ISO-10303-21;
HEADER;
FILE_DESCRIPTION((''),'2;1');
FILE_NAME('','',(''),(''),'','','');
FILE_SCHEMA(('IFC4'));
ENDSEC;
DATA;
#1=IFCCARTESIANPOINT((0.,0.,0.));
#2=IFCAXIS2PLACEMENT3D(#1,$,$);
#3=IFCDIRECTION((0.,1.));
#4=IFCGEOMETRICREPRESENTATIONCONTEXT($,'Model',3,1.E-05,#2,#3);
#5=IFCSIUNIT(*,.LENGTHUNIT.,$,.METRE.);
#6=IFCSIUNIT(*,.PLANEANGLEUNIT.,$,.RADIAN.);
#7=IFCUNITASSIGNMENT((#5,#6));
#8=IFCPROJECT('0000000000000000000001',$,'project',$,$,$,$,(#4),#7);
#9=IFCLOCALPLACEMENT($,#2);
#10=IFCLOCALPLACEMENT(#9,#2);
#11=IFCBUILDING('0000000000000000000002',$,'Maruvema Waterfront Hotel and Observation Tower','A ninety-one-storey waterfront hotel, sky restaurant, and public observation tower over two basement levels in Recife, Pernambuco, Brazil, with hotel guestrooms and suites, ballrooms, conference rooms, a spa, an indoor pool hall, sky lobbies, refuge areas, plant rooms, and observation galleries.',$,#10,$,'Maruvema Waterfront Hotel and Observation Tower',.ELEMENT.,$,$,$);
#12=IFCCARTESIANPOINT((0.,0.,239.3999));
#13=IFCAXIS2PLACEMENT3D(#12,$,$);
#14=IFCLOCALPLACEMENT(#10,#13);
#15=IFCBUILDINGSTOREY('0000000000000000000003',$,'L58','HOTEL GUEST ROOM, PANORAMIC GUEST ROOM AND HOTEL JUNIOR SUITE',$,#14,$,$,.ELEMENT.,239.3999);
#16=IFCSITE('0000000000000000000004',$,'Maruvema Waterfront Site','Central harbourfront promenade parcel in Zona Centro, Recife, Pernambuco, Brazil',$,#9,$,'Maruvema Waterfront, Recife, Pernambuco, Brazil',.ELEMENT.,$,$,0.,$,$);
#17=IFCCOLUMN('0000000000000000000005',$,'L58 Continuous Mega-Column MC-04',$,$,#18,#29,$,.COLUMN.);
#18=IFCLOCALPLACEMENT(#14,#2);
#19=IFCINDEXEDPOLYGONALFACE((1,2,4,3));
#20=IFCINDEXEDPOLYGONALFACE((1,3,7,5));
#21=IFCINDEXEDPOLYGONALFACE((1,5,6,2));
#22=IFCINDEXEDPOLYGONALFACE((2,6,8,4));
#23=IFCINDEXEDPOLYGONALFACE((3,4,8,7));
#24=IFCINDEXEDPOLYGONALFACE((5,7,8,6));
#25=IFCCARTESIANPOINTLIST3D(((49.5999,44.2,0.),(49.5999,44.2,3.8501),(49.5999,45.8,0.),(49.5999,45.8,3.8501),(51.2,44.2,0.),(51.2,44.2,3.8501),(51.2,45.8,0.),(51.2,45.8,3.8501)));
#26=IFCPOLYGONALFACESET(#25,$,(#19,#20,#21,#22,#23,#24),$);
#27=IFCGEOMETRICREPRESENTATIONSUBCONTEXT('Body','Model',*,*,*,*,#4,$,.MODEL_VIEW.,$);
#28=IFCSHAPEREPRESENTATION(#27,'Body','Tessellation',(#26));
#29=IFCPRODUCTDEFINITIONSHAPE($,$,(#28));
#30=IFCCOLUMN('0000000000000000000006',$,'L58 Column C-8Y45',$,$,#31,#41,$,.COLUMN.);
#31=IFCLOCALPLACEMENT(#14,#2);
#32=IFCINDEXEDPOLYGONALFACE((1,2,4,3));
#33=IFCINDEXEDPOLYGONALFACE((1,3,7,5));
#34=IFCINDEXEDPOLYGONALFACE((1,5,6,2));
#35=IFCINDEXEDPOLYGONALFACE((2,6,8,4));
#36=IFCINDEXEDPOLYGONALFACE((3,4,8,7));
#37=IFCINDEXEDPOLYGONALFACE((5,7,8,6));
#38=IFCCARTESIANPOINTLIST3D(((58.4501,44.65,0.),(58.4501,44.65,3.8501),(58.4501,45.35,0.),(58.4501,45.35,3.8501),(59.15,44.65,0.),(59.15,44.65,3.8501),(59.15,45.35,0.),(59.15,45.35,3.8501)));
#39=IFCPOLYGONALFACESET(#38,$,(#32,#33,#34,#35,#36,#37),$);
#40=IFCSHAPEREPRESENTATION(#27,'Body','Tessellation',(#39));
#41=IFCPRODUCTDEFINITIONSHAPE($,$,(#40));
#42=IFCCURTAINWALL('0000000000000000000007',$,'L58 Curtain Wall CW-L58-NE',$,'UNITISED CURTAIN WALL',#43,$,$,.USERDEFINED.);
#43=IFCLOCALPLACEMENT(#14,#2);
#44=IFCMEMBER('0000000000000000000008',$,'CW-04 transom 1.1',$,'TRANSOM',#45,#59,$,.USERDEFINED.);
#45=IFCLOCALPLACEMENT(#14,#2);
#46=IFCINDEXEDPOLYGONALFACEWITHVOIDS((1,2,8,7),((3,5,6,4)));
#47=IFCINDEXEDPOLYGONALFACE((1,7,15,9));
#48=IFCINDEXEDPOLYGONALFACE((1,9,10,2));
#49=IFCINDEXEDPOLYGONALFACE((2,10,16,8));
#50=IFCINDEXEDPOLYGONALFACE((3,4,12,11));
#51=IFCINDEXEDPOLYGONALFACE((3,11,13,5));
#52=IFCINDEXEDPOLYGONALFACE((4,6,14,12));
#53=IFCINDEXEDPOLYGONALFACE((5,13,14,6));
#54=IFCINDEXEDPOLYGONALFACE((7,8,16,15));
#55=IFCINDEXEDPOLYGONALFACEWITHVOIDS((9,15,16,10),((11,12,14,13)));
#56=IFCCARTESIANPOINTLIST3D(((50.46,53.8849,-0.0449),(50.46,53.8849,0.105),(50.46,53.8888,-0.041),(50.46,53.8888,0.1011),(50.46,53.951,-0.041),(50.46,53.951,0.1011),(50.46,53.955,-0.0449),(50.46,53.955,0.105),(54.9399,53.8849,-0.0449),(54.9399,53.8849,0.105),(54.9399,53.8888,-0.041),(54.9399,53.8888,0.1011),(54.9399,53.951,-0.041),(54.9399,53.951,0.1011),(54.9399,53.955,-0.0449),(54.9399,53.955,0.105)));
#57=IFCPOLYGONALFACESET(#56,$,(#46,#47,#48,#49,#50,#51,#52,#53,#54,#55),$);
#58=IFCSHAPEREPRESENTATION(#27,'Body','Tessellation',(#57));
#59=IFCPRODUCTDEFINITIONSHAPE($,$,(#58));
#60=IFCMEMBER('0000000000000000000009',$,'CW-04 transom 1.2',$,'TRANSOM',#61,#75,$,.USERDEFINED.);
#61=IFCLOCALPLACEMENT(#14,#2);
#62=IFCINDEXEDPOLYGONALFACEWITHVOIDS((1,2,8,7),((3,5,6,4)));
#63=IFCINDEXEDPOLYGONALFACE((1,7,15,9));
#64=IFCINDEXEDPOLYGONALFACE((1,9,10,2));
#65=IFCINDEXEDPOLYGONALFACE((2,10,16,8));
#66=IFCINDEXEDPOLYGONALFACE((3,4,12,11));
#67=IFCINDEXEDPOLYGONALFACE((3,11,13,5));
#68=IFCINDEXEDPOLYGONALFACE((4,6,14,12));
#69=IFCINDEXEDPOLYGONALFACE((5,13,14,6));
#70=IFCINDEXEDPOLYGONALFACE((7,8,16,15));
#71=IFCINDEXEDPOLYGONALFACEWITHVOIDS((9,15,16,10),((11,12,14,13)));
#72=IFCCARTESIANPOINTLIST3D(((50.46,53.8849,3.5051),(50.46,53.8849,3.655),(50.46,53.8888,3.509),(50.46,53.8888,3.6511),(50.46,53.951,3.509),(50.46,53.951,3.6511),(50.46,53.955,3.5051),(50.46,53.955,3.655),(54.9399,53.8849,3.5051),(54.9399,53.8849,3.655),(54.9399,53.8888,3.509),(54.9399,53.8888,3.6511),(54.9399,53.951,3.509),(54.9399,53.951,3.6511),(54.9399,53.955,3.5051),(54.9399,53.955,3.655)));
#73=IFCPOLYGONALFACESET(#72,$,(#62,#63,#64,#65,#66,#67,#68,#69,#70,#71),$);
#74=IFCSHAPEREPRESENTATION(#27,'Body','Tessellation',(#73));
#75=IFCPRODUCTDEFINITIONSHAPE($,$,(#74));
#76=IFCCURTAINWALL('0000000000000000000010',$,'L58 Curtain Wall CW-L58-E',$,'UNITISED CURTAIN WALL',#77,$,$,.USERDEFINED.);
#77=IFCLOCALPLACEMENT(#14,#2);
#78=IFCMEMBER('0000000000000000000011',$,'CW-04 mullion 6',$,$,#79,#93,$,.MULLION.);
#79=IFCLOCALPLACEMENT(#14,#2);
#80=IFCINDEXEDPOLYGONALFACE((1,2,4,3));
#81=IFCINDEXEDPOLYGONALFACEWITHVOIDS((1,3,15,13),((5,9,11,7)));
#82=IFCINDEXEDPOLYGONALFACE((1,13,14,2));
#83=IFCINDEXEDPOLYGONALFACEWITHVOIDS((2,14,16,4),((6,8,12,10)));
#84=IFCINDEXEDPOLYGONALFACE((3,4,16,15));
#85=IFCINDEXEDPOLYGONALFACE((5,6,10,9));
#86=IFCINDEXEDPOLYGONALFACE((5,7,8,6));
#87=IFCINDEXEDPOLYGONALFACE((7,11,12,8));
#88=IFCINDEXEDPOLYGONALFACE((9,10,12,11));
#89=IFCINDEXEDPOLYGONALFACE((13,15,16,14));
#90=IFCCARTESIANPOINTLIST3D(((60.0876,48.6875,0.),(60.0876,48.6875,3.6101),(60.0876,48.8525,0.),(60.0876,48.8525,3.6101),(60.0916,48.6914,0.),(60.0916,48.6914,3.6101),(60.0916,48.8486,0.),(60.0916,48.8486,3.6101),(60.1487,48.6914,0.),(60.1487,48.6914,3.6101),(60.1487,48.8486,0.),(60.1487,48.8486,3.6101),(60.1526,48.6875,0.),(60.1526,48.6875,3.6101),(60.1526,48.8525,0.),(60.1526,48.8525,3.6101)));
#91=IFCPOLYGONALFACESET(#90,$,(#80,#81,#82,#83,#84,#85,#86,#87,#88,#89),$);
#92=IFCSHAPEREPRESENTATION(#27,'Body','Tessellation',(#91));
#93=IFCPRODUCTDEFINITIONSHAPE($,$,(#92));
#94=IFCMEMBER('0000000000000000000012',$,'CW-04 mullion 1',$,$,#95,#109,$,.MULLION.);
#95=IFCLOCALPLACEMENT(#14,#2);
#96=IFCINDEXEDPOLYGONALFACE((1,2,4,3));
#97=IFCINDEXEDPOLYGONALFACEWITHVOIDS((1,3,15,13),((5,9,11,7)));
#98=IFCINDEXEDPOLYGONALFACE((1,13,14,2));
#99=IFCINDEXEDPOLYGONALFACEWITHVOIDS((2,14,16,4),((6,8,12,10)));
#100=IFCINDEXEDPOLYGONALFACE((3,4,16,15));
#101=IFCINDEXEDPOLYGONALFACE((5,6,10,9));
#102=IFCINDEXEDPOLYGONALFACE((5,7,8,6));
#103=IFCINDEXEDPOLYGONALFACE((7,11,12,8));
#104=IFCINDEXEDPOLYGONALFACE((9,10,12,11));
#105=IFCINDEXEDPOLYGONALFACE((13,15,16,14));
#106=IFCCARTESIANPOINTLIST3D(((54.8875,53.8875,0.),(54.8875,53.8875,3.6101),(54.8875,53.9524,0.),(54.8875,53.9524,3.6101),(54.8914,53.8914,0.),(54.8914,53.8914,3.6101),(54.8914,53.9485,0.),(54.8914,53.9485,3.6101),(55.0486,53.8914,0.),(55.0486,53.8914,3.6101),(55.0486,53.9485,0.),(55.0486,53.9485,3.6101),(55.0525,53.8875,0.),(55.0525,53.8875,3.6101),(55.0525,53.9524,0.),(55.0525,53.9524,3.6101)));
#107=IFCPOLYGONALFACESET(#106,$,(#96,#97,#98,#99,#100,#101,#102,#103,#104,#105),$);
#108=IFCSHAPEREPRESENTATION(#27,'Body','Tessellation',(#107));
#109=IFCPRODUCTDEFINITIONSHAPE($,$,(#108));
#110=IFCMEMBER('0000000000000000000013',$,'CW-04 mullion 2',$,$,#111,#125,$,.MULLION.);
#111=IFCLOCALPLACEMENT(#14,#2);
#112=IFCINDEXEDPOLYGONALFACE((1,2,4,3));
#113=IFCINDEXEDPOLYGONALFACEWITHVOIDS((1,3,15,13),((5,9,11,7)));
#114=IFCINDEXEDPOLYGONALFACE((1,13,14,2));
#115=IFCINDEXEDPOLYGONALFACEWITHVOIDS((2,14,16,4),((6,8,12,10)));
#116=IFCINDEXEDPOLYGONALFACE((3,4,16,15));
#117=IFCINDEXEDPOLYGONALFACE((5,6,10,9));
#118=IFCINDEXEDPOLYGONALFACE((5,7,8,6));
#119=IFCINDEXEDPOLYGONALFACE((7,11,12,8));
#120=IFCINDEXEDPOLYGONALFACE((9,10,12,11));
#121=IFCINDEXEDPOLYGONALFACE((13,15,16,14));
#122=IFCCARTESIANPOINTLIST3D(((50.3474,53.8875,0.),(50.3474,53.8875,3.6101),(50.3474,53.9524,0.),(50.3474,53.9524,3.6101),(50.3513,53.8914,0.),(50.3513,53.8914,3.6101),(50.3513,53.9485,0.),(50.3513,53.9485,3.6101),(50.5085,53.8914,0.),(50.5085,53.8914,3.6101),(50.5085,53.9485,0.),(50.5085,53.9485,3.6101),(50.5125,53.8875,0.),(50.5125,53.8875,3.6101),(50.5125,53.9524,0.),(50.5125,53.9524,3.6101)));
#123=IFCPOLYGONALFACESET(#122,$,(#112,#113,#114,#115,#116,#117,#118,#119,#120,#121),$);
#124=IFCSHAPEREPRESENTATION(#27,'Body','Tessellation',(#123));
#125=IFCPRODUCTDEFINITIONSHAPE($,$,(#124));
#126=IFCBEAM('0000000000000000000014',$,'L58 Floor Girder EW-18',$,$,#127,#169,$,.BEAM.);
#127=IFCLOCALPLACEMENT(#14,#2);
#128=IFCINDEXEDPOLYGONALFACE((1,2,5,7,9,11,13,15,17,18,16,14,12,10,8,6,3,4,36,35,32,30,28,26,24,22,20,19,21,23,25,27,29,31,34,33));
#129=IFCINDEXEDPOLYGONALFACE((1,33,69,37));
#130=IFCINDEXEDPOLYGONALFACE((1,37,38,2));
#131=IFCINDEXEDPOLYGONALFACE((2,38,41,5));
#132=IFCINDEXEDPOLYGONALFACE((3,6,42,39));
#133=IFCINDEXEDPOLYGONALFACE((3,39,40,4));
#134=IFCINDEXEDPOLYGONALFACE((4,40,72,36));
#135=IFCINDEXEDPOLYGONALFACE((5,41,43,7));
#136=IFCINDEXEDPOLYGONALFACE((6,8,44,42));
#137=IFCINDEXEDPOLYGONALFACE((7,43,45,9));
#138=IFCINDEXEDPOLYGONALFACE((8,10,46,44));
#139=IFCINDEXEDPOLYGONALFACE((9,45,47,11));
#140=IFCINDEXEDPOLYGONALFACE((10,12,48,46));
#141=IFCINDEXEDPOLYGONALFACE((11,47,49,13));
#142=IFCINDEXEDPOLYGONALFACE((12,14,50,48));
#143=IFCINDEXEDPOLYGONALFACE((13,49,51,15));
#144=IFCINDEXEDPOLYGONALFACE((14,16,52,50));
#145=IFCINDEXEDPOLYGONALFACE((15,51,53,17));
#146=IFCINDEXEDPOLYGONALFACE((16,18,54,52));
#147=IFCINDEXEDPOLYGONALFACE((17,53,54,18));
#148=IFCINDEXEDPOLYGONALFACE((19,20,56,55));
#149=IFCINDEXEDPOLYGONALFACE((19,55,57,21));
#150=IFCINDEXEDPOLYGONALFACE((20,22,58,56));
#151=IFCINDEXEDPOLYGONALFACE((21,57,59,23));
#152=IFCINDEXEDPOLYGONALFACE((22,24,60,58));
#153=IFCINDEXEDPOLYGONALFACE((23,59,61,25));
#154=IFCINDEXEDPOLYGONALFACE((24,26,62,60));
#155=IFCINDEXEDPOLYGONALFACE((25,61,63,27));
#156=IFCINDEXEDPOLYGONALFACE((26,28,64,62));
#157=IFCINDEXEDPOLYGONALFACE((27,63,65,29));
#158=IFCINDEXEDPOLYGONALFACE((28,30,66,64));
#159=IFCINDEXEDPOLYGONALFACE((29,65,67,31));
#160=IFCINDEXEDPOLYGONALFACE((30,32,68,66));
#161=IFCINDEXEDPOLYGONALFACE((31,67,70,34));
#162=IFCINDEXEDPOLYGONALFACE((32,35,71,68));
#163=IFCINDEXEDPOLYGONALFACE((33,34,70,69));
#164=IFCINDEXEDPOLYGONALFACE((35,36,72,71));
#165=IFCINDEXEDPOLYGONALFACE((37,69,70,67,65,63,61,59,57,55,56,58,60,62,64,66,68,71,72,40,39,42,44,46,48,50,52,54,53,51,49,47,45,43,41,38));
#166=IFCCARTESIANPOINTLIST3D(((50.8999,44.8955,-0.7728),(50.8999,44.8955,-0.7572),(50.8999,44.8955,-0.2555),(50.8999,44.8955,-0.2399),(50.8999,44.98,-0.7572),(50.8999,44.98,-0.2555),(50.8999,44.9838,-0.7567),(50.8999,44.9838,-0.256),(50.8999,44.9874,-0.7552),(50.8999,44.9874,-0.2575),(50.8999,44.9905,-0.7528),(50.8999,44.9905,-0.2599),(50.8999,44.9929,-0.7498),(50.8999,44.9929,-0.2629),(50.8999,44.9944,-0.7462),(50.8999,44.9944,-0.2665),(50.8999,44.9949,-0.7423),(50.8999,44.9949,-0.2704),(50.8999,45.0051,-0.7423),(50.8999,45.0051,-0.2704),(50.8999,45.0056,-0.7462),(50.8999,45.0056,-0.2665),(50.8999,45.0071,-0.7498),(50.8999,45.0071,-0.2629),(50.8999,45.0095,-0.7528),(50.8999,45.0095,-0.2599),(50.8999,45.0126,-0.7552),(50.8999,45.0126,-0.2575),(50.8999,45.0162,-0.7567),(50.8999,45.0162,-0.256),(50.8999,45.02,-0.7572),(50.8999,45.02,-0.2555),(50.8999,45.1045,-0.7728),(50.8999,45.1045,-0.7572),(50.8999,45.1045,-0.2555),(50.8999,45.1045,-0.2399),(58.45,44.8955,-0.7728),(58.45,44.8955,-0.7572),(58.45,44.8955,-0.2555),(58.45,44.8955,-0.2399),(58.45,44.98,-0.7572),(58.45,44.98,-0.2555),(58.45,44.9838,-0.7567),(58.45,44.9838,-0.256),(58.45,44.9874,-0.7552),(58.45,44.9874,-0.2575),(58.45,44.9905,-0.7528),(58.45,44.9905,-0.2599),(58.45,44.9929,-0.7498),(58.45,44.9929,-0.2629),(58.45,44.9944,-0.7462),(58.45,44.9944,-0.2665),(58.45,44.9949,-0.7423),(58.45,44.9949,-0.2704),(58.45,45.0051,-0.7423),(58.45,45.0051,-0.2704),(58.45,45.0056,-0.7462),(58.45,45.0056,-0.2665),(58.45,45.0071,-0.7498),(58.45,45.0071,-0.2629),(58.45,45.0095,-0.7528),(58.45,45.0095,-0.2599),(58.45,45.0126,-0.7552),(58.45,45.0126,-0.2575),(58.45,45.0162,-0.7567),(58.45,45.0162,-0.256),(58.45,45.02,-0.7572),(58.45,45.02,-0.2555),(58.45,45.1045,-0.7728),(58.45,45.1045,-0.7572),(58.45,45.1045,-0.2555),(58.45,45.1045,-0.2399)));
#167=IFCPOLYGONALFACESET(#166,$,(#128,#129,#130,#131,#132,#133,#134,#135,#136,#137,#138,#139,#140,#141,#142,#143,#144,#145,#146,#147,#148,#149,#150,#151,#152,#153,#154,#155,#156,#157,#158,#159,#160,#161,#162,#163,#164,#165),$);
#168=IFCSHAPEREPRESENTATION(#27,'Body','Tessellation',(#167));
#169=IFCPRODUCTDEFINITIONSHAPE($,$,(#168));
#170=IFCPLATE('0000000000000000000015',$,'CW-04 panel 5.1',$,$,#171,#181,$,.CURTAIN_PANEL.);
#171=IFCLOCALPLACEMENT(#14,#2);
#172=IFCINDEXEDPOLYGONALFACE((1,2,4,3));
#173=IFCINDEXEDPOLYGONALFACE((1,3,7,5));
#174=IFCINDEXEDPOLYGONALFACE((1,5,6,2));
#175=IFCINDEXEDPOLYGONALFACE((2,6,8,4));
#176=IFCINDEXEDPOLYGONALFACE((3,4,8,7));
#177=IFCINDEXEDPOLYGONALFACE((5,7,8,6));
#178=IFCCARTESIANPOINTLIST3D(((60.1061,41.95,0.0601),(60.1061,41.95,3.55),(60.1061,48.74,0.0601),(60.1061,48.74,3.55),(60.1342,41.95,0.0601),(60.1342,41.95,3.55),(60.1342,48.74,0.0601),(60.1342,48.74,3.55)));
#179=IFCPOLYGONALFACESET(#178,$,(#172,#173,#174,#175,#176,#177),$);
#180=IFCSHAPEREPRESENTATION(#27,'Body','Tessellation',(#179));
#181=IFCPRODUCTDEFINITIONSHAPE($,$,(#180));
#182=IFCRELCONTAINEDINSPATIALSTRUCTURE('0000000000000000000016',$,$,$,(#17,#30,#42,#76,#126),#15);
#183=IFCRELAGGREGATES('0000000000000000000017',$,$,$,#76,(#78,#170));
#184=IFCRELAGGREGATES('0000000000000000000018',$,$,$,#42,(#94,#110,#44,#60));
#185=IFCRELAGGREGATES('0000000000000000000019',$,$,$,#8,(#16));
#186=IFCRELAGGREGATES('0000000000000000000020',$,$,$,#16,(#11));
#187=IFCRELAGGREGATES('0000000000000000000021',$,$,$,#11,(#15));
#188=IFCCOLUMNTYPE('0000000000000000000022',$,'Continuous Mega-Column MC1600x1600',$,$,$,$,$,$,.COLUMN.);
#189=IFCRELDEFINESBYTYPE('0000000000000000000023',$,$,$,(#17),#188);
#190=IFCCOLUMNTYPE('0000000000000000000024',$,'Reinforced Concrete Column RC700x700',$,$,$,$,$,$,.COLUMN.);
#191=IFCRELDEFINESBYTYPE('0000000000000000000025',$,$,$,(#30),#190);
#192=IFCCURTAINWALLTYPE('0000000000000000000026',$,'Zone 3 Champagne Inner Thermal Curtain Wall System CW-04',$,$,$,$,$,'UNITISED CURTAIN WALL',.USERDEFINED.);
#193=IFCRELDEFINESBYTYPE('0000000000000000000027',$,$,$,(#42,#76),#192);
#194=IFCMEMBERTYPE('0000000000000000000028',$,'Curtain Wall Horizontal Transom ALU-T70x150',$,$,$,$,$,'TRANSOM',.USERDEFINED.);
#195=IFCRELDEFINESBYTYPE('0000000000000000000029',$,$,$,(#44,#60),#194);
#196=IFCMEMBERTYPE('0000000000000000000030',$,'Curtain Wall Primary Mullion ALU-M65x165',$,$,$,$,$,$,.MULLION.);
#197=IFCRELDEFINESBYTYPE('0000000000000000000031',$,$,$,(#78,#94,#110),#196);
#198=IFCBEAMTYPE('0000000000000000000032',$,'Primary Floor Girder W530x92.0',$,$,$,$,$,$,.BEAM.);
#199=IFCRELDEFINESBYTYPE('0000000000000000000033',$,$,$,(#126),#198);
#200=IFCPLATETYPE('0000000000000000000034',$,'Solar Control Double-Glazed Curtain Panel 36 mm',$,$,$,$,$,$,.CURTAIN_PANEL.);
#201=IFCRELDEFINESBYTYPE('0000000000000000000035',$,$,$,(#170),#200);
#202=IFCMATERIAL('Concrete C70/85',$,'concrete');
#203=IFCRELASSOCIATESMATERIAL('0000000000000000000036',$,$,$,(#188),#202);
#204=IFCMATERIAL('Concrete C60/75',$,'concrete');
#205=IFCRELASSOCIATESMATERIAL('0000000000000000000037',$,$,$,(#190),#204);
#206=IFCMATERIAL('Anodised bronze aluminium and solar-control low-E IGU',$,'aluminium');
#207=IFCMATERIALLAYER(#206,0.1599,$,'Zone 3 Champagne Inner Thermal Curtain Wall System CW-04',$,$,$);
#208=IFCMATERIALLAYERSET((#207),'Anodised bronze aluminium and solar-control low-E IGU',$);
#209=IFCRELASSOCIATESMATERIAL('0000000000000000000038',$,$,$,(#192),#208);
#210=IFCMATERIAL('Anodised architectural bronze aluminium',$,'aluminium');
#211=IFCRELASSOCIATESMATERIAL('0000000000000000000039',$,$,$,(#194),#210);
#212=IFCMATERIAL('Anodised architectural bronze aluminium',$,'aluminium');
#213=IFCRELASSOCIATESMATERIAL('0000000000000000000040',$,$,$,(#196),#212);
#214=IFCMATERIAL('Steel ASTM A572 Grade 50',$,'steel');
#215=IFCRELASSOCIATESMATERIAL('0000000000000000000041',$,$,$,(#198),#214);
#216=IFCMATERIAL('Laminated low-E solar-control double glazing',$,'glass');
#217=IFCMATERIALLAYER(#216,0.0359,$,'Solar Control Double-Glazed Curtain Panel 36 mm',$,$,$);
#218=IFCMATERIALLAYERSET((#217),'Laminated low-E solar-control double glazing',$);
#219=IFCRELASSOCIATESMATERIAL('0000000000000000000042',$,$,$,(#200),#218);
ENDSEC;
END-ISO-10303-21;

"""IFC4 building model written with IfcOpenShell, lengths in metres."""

from ifc_helpers import new_model, si_unit, direction, frame, origin, origin_2d, place, context, subcontext, project, spatial, rectangle, hollow_rectangle, i_section, extrude, material, layer, layer_set, material_profile, profile_set, type_object, element, aggregate, save


model = new_model("IFC4")

# Units and contexts
model_context = context("Model", 3, precision=1e-05, world=origin(), true_north=direction((0.0, 1.0)))
body_context = subcontext(model_context, "Body", "Model", "MODEL_VIEW")
ifc_project = project(units=[si_unit("LENGTHUNIT", "METRE"), si_unit("PLANEANGLEUNIT", "RADIAN")], contexts=[model_context])

# Site, building, storey
site_placement = place(None, origin())
site = spatial("IfcSite", under=ifc_project, at=site_placement, Name="Maruvema Waterfront Site", Description="Central harbourfront promenade parcel in Zona Centro, Recife, Pernambuco, Brazil", LongName="Maruvema Waterfront, Recife, Pernambuco, Brazil", CompositionType="ELEMENT", RefElevation=0.0)
building_placement = place(site_placement, origin())
building = spatial("IfcBuilding", under=site, at=building_placement, Name="Maruvema Waterfront Hotel and Observation Tower", Description="A ninety-one-storey waterfront hotel, sky restaurant, and public observation tower over two basement levels in Recife, Pernambuco, Brazil, with hotel guestrooms and suites, ballrooms, conference rooms, a spa, an indoor pool hall, sky lobbies, refuge areas, plant rooms, and observation galleries.", LongName="Maruvema Waterfront Hotel and Observation Tower", CompositionType="ELEMENT")
storey_placement = place(building_placement, frame((0.0, 0.0, 239.3999)))
storey = spatial("IfcBuildingStorey", under=building, at=storey_placement, Name="L58", Description="HOTEL GUEST ROOM, PANORAMIC GUEST ROOM AND HOTEL JUNIOR SUITE", CompositionType="ELEMENT", Elevation=239.3999)

# Columns
ifc_material_1 = material(Name="Concrete C70/85", Category="concrete")
ifc_material_profile_1 = material_profile(ifc_material_1, rectangle(XDim=1.6001, YDim=1.6001, at=origin_2d()), Name="MC1600x1600")
ifc_profile_set_1 = profile_set([ifc_material_profile_1], Name="Concrete C70/85")
column_type_1 = type_object("IfcColumnType", Name="Continuous Mega-Column MC1600x1600", PredefinedType="COLUMN", material=ifc_profile_set_1)
column_1_placement = place(storey_placement, frame((50.3999, 45.0, 0.0), z_axis=(0.0, 0.0, 1.0), x_axis=(1.0, 0.0, 0.0)))
element("IfcColumn", 1, at=column_1_placement, inside=storey, type_object=column_type_1, Name="L58 Continuous Mega-Column MC-04", PredefinedType="COLUMN", context=body_context, shape_type="SweptSolid", body=[
    extrude(rectangle(XDim=1.6001, YDim=1.6001, at=origin_2d()), origin(), (0.0, 0.0, 1.0), 3.8501),
])
ifc_material_2 = material(Name="Concrete C60/75", Category="concrete")
ifc_material_profile_2 = material_profile(ifc_material_2, rectangle(XDim=0.7, YDim=0.7, at=origin_2d()), Name="RC700x700")
ifc_profile_set_2 = profile_set([ifc_material_profile_2], Name="Concrete C60/75")
column_type_2 = type_object("IfcColumnType", Name="Reinforced Concrete Column RC700x700", PredefinedType="COLUMN", material=ifc_profile_set_2)
column_2_placement = place(storey_placement, frame((58.8, 45.0, 0.0), z_axis=(0.0, 0.0, 1.0), x_axis=(1.0, 0.0, 0.0)))
element("IfcColumn", 2, at=column_2_placement, inside=storey, type_object=column_type_2, Name="L58 Column C-8Y45", PredefinedType="COLUMN", context=body_context, shape_type="SweptSolid", body=[
    extrude(rectangle(XDim=0.7, YDim=0.7, at=origin_2d()), origin(), (0.0, 0.0, 1.0), 3.8501),
])

# Curtain wall, members
ifc_material_3 = material(Name="Anodised bronze aluminium and solar-control low-E IGU", Category="aluminium")
ifc_layer_1 = layer(ifc_material_3, 0.1599, Name="Zone 3 Champagne Inner Thermal Curtain Wall System CW-04")
ifc_layer_set_1 = layer_set([ifc_layer_1], Name="Anodised bronze aluminium and solar-control low-E IGU")
curtain_wall_type = type_object("IfcCurtainWallType", Name="Zone 3 Champagne Inner Thermal Curtain Wall System CW-04", ElementType="UNITISED CURTAIN WALL", PredefinedType="USERDEFINED", material=ifc_layer_set_1)
curtain_wall_1_placement = place(storey_placement, origin())
curtain_wall_1 = element("IfcCurtainWall", 3, at=curtain_wall_1_placement, inside=storey, type_object=curtain_wall_type, Name="L58 Curtain Wall CW-L58-NE", ObjectType="UNITISED CURTAIN WALL", PredefinedType="USERDEFINED")
ifc_material_4 = material(Name="Anodised architectural bronze aluminium", Category="aluminium")
ifc_material_profile_3 = material_profile(ifc_material_4, hollow_rectangle(XDim=0.0701, YDim=0.1499, WallThickness=0.0039, at=origin_2d()), Name="ALU-T70x150")
ifc_profile_set_3 = profile_set([ifc_material_profile_3], Name="Anodised architectural bronze aluminium")
member_type_1 = type_object("IfcMemberType", Name="Curtain Wall Horizontal Transom ALU-T70x150", ElementType="TRANSOM", PredefinedType="USERDEFINED", material=ifc_profile_set_3)
member_1_placement = place(storey_placement, frame((54.9399, 53.9199, 0.03), z_axis=(-1.0, 0.0, 0.0), x_axis=(0.0, -1.0, 0.0)))
member_1 = element("IfcMember", 4, at=member_1_placement, type_object=member_type_1, Name="CW-04 transom 1.1", ObjectType="TRANSOM", PredefinedType="USERDEFINED", context=body_context, shape_type="SweptSolid", body=[
    extrude(hollow_rectangle(XDim=0.0701, YDim=0.1499, WallThickness=0.0039, at=origin_2d()), origin(), (0.0, 0.0, 1.0), 4.48),
])
member_2_placement = place(storey_placement, frame((54.9399, 53.9199, 3.5801), z_axis=(-1.0, 0.0, 0.0), x_axis=(0.0, -1.0, 0.0)))
member_2 = element("IfcMember", 5, at=member_2_placement, type_object=member_type_1, Name="CW-04 transom 1.2", ObjectType="TRANSOM", PredefinedType="USERDEFINED", context=body_context, shape_type="SweptSolid", body=[
    extrude(hollow_rectangle(XDim=0.0701, YDim=0.1499, WallThickness=0.0039, at=origin_2d()), origin(), (0.0, 0.0, 1.0), 4.48),
])

# Curtain wall, member
curtain_wall_2_placement = place(storey_placement, origin())
curtain_wall_2 = element("IfcCurtainWall", 6, at=curtain_wall_2_placement, inside=storey, type_object=curtain_wall_type, Name="L58 Curtain Wall CW-L58-E", ObjectType="UNITISED CURTAIN WALL", PredefinedType="USERDEFINED")
ifc_material_5 = material(Name="Anodised architectural bronze aluminium", Category="aluminium")
ifc_material_profile_4 = material_profile(ifc_material_5, hollow_rectangle(XDim=0.0649, YDim=0.165, WallThickness=0.0039, at=origin_2d()), Name="ALU-M65x165")
ifc_profile_set_4 = profile_set([ifc_material_profile_4], Name="Anodised architectural bronze aluminium")
member_type_2 = type_object("IfcMemberType", Name="Curtain Wall Primary Mullion ALU-M65x165", PredefinedType="MULLION", material=ifc_profile_set_4)
member_3_placement = place(storey_placement, frame((60.1201, 48.77, 0.0), z_axis=(0.0, 0.0, 1.0), x_axis=(-1.0, 0.0, 0.0)))
member_3 = element("IfcMember", 7, at=member_3_placement, type_object=member_type_2, Name="CW-04 mullion 6", PredefinedType="MULLION", context=body_context, shape_type="SweptSolid", body=[
    extrude(hollow_rectangle(XDim=0.0649, YDim=0.165, WallThickness=0.0039, at=origin_2d()), origin(), (0.0, 0.0, 1.0), 3.6101),
])

# Members
member_4_placement = place(storey_placement, frame((54.97, 53.9199, 0.0), z_axis=(0.0, 0.0, 1.0), x_axis=(0.0, -1.0, 0.0)))
member_4 = element("IfcMember", 8, at=member_4_placement, type_object=member_type_2, Name="CW-04 mullion 1", PredefinedType="MULLION", context=body_context, shape_type="SweptSolid", body=[
    extrude(hollow_rectangle(XDim=0.0649, YDim=0.165, WallThickness=0.0039, at=origin_2d()), origin(), (0.0, 0.0, 1.0), 3.6101),
])
member_5_placement = place(storey_placement, frame((50.4299, 53.9199, 0.0), z_axis=(0.0, 0.0, 1.0), x_axis=(0.0, -1.0, 0.0)))
member_5 = element("IfcMember", 9, at=member_5_placement, type_object=member_type_2, Name="CW-04 mullion 2", PredefinedType="MULLION", context=body_context, shape_type="SweptSolid", body=[
    extrude(hollow_rectangle(XDim=0.0649, YDim=0.165, WallThickness=0.0039, at=origin_2d()), origin(), (0.0, 0.0, 1.0), 3.6101),
])

# Beam
ifc_material_6 = material(Name="Steel ASTM A572 Grade 50", Category="steel")
ifc_material_profile_5 = material_profile(ifc_material_6, i_section(OverallWidth=0.209, OverallDepth=0.533, WebThickness=0.0103, FlangeThickness=0.0156, FilletRadius=0.0149, at=origin_2d()), Name="W530x92.0")
ifc_profile_set_5 = profile_set([ifc_material_profile_5], Name="Steel ASTM A572 Grade 50")
beam_type = type_object("IfcBeamType", Name="Primary Floor Girder W530x92.0", PredefinedType="BEAM", material=ifc_profile_set_5)
beam_placement = place(storey_placement, frame((50.8999, 45.0, -0.5063), z_axis=(1.0, 0.0, 0.0), x_axis=(0.0, 1.0, 0.0)))
element("IfcBeam", 10, at=beam_placement, inside=storey, type_object=beam_type, Name="L58 Floor Girder EW-18", PredefinedType="BEAM", context=body_context, shape_type="SweptSolid", body=[
    extrude(i_section(OverallWidth=0.209, OverallDepth=0.533, WebThickness=0.0103, FlangeThickness=0.0156, FilletRadius=0.0149, at=origin_2d()), origin(), (0.0, 0.0, 1.0), 7.55),
])

# Plate
ifc_material_7 = material(Name="Laminated low-E solar-control double glazing", Category="glass")
ifc_layer_2 = layer(ifc_material_7, 0.0359, Name="Solar Control Double-Glazed Curtain Panel 36 mm")
ifc_layer_set_2 = layer_set([ifc_layer_2], Name="Laminated low-E solar-control double glazing")
plate_type = type_object("IfcPlateType", Name="Solar Control Double-Glazed Curtain Panel 36 mm", PredefinedType="CURTAIN_PANEL", material=ifc_layer_set_2)
plate_1_placement = place(storey_placement, frame((60.1201, 45.345, 0.0601), z_axis=(0.0, 0.0, 1.0), x_axis=(0.0, 1.0, 0.0)))
plate_1 = element("IfcPlate", 11, at=plate_1_placement, type_object=plate_type, Name="CW-04 panel 5.1", PredefinedType="CURTAIN_PANEL", context=body_context, shape_type="SweptSolid", body=[
    extrude(rectangle(XDim=6.79, YDim=0.0281, at=origin_2d()), origin(), (0.0, 0.0, 1.0), 3.49),
])
aggregate(curtain_wall_2, [member_3, plate_1])
aggregate(curtain_wall_1, [member_4, member_5, member_1, member_2])

save(model, "model.ifc")
